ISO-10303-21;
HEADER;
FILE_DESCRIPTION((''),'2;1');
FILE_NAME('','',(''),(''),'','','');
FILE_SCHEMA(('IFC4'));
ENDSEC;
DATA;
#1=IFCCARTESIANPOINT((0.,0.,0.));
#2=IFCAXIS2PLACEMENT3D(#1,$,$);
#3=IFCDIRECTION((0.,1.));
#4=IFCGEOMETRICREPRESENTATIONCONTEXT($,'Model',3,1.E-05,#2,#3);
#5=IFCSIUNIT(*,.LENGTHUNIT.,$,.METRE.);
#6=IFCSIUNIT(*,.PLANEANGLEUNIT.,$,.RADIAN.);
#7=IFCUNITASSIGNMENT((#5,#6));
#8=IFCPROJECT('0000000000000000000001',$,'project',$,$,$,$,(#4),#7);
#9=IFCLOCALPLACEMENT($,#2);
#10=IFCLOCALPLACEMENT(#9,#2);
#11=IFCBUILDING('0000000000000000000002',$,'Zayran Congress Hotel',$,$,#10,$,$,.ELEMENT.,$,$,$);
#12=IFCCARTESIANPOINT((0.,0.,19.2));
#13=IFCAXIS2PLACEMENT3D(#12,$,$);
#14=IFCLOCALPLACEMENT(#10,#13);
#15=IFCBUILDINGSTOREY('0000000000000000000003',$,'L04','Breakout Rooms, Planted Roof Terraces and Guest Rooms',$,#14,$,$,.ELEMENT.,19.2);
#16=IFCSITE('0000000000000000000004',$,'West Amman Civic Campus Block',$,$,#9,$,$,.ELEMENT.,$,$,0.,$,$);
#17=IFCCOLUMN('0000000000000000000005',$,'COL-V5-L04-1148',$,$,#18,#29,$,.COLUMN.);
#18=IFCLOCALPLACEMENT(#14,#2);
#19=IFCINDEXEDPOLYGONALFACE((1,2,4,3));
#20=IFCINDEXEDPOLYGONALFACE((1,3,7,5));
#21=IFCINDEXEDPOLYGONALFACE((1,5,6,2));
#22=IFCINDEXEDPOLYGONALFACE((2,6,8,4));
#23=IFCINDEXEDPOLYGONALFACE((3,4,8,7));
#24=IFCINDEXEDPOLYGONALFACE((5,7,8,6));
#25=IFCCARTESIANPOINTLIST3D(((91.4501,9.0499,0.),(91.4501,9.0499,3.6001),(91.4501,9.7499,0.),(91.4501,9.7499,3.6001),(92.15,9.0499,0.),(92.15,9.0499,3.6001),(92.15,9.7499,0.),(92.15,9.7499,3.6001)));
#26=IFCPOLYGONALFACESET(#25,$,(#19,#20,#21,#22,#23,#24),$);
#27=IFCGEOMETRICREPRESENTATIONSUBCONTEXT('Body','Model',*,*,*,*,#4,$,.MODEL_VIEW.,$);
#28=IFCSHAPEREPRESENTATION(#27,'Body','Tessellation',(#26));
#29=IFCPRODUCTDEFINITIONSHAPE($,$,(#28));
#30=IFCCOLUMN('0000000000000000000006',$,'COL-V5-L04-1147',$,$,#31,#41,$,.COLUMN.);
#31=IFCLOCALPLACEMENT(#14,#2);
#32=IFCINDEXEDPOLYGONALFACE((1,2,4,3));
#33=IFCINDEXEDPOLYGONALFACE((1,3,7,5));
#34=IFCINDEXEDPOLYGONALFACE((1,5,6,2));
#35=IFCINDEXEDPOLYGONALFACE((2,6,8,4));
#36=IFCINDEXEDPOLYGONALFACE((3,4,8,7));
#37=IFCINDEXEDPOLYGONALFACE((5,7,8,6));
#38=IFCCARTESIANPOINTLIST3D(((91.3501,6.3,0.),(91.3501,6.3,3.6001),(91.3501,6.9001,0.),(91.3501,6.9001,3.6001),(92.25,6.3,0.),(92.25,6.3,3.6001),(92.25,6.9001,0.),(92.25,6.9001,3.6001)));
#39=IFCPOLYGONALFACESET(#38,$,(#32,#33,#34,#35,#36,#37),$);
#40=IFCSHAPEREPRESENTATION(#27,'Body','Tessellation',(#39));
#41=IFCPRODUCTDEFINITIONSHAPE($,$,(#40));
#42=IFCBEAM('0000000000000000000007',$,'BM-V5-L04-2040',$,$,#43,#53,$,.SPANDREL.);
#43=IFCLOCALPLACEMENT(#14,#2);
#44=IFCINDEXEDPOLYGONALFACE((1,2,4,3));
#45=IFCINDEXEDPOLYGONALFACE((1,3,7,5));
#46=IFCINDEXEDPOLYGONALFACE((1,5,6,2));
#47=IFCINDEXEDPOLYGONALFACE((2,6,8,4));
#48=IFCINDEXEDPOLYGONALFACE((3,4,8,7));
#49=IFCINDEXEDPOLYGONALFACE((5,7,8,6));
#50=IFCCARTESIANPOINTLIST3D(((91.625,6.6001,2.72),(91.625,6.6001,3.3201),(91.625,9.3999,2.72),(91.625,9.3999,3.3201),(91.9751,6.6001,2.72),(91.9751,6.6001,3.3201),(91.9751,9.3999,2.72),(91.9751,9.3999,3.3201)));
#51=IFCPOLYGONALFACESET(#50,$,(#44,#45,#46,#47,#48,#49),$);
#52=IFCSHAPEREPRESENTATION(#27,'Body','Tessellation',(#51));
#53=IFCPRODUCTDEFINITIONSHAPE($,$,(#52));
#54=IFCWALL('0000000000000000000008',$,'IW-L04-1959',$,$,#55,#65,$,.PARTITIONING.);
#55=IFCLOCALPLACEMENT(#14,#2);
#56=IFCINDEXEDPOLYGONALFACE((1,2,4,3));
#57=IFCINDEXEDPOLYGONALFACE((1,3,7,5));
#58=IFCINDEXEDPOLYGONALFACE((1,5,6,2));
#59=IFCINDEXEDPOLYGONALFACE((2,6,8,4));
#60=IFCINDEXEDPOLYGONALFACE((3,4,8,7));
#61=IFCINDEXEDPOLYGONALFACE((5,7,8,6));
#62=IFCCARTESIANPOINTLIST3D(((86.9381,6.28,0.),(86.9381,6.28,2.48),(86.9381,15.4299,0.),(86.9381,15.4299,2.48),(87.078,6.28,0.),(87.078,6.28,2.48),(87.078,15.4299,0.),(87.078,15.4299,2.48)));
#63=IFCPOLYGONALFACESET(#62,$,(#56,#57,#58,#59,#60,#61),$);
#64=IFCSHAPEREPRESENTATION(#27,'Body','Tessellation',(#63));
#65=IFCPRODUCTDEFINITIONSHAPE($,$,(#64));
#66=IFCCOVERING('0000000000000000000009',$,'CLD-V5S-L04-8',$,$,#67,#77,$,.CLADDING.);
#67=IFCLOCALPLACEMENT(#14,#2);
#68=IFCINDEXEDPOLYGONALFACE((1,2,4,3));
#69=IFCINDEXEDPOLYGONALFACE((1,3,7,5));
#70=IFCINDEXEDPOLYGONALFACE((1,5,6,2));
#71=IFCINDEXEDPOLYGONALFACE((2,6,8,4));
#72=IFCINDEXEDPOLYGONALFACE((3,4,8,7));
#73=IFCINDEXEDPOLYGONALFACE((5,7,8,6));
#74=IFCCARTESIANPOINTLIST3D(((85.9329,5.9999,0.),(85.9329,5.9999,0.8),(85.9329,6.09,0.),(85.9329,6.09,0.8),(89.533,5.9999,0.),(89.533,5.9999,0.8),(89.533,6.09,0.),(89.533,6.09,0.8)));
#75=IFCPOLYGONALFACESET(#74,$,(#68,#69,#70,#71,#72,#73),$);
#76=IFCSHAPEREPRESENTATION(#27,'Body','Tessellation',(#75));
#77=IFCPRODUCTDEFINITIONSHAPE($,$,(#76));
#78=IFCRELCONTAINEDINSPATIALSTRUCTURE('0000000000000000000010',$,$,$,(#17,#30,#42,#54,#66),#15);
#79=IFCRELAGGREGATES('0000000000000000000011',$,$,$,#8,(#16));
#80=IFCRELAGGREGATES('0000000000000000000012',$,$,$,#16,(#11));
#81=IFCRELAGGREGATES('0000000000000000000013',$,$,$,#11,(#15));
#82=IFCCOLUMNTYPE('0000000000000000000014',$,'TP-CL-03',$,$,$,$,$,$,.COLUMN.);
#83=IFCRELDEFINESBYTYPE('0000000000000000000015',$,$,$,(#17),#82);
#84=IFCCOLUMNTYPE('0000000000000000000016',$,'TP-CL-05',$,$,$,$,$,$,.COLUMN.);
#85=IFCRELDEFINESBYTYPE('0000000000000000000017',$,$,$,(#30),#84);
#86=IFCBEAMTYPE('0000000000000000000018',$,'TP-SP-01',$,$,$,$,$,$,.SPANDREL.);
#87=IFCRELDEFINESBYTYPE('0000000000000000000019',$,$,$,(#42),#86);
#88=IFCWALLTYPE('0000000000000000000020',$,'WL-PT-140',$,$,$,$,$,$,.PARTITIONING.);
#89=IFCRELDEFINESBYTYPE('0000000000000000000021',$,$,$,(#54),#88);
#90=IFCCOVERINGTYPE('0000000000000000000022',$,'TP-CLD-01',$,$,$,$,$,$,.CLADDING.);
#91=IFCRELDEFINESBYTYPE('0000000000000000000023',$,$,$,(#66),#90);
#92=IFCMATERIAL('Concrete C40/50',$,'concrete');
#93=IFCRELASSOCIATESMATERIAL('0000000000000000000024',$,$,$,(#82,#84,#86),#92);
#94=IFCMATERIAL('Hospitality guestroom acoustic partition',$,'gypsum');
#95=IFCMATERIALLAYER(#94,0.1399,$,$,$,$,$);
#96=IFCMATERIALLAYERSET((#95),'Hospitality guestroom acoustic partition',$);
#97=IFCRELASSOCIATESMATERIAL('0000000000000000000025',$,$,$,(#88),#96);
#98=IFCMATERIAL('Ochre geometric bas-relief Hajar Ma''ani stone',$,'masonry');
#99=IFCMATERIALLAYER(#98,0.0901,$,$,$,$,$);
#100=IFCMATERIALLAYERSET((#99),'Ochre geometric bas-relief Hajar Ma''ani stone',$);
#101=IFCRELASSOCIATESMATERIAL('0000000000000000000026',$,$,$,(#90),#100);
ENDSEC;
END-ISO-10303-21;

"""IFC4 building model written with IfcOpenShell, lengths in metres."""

from ifc_helpers import new_model, si_unit, direction, frame, frame_2d, origin, origin_2d, place, context, subcontext, project, spatial, rectangle, extrude, material, layer, layer_set, material_profile, profile_set, type_object, element, save


model = new_model("IFC4")

# Units and contexts
model_context = context("Model", 3, precision=1e-05, world=origin(), true_north=direction((0.0, 1.0)))
body_context = subcontext(model_context, "Body", "Model", "MODEL_VIEW")
ifc_project = project(units=[si_unit("LENGTHUNIT", "METRE"), si_unit("PLANEANGLEUNIT", "RADIAN")], contexts=[model_context])

# Site, building, storey
site_placement = place(None, origin())
site = spatial("IfcSite", under=ifc_project, at=site_placement, Name="West Amman Civic Campus Block", CompositionType="ELEMENT", RefElevation=0.0)
building_placement = place(site_placement, origin())
building = spatial("IfcBuilding", under=site, at=building_placement, Name="Zayran Congress Hotel", CompositionType="ELEMENT")
storey_placement = place(building_placement, frame((0.0, 0.0, 19.2)))
storey = spatial("IfcBuildingStorey", under=building, at=storey_placement, Name="L04", Description="Breakout Rooms, Planted Roof Terraces and Guest Rooms", CompositionType="ELEMENT", Elevation=19.2)

# Columns
ifc_material_1 = material(Name="Concrete C40/50", Category="concrete")
ifc_material_profile_1 = material_profile(ifc_material_1, rectangle(XDim=0.7, YDim=0.7, at=origin_2d()), Name="RC 700x700")
ifc_profile_set_1 = profile_set([ifc_material_profile_1], Name="Concrete C40/50")
column_type_1 = type_object("IfcColumnType", Name="TP-CL-03", PredefinedType="COLUMN", material=ifc_profile_set_1)
column_1_placement = place(storey_placement, frame((91.8, 9.3999, 0.0), z_axis=(0.0, 0.0, 1.0), x_axis=(1.0, 0.0, 0.0)))
element("IfcColumn", 1, at=column_1_placement, inside=storey, type_object=column_type_1, Name="COL-V5-L04-1148", PredefinedType="COLUMN", context=body_context, shape_type="SweptSolid", body=[
    extrude(rectangle(XDim=0.7, YDim=0.7, at=origin_2d()), origin(), (0.0, 0.0, 1.0), 3.6001),
])
ifc_material_profile_2 = material_profile(ifc_material_1, rectangle(XDim=0.6001, YDim=0.8999, at=origin_2d()), Name="RC 900x600")
ifc_profile_set_2 = profile_set([ifc_material_profile_2], Name="Concrete C40/50")
column_type_2 = type_object("IfcColumnType", Name="TP-CL-05", PredefinedType="COLUMN", material=ifc_profile_set_2)
column_2_placement = place(storey_placement, frame((91.8, 6.6001, 0.0), z_axis=(0.0, 0.0, 1.0), x_axis=(0.0, 1.0, 0.0)))
element("IfcColumn", 2, at=column_2_placement, inside=storey, type_object=column_type_2, Name="COL-V5-L04-1147", PredefinedType="COLUMN", context=body_context, shape_type="SweptSolid", body=[
    extrude(rectangle(XDim=0.6001, YDim=0.8999, at=origin_2d()), origin(), (0.0, 0.0, 1.0), 3.6001),
])

# Beam
ifc_material_profile_3 = material_profile(ifc_material_1, rectangle(XDim=0.3501, YDim=0.6001, at=origin_2d()), Name="RC 350x600")
ifc_profile_set_3 = profile_set([ifc_material_profile_3], Name="Concrete C40/50")
beam_type = type_object("IfcBeamType", Name="TP-SP-01", PredefinedType="SPANDREL", material=ifc_profile_set_3)
beam_placement = place(storey_placement, frame((91.8, 6.6001, 3.02), z_axis=(0.0, 1.0, 0.0), x_axis=(-1.0, 0.0, 0.0)))
element("IfcBeam", 3, at=beam_placement, inside=storey, type_object=beam_type, Name="BM-V5-L04-2040", PredefinedType="SPANDREL", context=body_context, shape_type="SweptSolid", body=[
    extrude(rectangle(XDim=0.3501, YDim=0.6001, at=origin_2d()), origin(), (0.0, 0.0, 1.0), 2.7998),
])

# Wall
ifc_material_2 = material(Name="Hospitality guestroom acoustic partition", Category="gypsum")
ifc_layer_1 = layer(ifc_material_2, 0.1399)
ifc_layer_set_1 = layer_set([ifc_layer_1], Name="Hospitality guestroom acoustic partition")
wall_type_1 = type_object("IfcWallType", Name="WL-PT-140", PredefinedType="PARTITIONING", material=ifc_layer_set_1)
wall_1_placement = place(storey_placement, frame((87.0081, 6.28, 0.0), z_axis=(0.0, 0.0, 1.0), x_axis=(0.0, 1.0, 0.0)))
element("IfcWall", 4, at=wall_1_placement, inside=storey, type_object=wall_type_1, Name="IW-L04-1959", PredefinedType="PARTITIONING", context=body_context, shape_type="SweptSolid", body=[
    extrude(rectangle(XDim=9.1499, YDim=0.1399, at=frame_2d((4.575, 0.0))), origin(), (0.0, 0.0, 1.0), 2.48),
])

# Covering
ifc_material_3 = material(Name="Ochre geometric bas-relief Hajar Ma'ani stone", Category="masonry")
ifc_layer_2 = layer(ifc_material_3, 0.0901)
ifc_layer_set_2 = layer_set([ifc_layer_2], Name="Ochre geometric bas-relief Hajar Ma'ani stone")
covering_type = type_object("IfcCoveringType", Name="TP-CLD-01", PredefinedType="CLADDING", material=ifc_layer_set_2)
covering_placement = place(storey_placement, frame((87.7329, 6.0449, 0.0), z_axis=(0.0, 0.0, 1.0), x_axis=(1.0, 0.0, 0.0)))
element("IfcCovering", 5, at=covering_placement, inside=storey, type_object=covering_type, Name="CLD-V5S-L04-8", PredefinedType="CLADDING", context=body_context, shape_type="SweptSolid", body=[
    extrude(rectangle(XDim=3.6001, YDim=0.0901, at=origin_2d()), origin(), (0.0, 0.0, 1.0), 0.8),
])

save(model, "model.ifc")
